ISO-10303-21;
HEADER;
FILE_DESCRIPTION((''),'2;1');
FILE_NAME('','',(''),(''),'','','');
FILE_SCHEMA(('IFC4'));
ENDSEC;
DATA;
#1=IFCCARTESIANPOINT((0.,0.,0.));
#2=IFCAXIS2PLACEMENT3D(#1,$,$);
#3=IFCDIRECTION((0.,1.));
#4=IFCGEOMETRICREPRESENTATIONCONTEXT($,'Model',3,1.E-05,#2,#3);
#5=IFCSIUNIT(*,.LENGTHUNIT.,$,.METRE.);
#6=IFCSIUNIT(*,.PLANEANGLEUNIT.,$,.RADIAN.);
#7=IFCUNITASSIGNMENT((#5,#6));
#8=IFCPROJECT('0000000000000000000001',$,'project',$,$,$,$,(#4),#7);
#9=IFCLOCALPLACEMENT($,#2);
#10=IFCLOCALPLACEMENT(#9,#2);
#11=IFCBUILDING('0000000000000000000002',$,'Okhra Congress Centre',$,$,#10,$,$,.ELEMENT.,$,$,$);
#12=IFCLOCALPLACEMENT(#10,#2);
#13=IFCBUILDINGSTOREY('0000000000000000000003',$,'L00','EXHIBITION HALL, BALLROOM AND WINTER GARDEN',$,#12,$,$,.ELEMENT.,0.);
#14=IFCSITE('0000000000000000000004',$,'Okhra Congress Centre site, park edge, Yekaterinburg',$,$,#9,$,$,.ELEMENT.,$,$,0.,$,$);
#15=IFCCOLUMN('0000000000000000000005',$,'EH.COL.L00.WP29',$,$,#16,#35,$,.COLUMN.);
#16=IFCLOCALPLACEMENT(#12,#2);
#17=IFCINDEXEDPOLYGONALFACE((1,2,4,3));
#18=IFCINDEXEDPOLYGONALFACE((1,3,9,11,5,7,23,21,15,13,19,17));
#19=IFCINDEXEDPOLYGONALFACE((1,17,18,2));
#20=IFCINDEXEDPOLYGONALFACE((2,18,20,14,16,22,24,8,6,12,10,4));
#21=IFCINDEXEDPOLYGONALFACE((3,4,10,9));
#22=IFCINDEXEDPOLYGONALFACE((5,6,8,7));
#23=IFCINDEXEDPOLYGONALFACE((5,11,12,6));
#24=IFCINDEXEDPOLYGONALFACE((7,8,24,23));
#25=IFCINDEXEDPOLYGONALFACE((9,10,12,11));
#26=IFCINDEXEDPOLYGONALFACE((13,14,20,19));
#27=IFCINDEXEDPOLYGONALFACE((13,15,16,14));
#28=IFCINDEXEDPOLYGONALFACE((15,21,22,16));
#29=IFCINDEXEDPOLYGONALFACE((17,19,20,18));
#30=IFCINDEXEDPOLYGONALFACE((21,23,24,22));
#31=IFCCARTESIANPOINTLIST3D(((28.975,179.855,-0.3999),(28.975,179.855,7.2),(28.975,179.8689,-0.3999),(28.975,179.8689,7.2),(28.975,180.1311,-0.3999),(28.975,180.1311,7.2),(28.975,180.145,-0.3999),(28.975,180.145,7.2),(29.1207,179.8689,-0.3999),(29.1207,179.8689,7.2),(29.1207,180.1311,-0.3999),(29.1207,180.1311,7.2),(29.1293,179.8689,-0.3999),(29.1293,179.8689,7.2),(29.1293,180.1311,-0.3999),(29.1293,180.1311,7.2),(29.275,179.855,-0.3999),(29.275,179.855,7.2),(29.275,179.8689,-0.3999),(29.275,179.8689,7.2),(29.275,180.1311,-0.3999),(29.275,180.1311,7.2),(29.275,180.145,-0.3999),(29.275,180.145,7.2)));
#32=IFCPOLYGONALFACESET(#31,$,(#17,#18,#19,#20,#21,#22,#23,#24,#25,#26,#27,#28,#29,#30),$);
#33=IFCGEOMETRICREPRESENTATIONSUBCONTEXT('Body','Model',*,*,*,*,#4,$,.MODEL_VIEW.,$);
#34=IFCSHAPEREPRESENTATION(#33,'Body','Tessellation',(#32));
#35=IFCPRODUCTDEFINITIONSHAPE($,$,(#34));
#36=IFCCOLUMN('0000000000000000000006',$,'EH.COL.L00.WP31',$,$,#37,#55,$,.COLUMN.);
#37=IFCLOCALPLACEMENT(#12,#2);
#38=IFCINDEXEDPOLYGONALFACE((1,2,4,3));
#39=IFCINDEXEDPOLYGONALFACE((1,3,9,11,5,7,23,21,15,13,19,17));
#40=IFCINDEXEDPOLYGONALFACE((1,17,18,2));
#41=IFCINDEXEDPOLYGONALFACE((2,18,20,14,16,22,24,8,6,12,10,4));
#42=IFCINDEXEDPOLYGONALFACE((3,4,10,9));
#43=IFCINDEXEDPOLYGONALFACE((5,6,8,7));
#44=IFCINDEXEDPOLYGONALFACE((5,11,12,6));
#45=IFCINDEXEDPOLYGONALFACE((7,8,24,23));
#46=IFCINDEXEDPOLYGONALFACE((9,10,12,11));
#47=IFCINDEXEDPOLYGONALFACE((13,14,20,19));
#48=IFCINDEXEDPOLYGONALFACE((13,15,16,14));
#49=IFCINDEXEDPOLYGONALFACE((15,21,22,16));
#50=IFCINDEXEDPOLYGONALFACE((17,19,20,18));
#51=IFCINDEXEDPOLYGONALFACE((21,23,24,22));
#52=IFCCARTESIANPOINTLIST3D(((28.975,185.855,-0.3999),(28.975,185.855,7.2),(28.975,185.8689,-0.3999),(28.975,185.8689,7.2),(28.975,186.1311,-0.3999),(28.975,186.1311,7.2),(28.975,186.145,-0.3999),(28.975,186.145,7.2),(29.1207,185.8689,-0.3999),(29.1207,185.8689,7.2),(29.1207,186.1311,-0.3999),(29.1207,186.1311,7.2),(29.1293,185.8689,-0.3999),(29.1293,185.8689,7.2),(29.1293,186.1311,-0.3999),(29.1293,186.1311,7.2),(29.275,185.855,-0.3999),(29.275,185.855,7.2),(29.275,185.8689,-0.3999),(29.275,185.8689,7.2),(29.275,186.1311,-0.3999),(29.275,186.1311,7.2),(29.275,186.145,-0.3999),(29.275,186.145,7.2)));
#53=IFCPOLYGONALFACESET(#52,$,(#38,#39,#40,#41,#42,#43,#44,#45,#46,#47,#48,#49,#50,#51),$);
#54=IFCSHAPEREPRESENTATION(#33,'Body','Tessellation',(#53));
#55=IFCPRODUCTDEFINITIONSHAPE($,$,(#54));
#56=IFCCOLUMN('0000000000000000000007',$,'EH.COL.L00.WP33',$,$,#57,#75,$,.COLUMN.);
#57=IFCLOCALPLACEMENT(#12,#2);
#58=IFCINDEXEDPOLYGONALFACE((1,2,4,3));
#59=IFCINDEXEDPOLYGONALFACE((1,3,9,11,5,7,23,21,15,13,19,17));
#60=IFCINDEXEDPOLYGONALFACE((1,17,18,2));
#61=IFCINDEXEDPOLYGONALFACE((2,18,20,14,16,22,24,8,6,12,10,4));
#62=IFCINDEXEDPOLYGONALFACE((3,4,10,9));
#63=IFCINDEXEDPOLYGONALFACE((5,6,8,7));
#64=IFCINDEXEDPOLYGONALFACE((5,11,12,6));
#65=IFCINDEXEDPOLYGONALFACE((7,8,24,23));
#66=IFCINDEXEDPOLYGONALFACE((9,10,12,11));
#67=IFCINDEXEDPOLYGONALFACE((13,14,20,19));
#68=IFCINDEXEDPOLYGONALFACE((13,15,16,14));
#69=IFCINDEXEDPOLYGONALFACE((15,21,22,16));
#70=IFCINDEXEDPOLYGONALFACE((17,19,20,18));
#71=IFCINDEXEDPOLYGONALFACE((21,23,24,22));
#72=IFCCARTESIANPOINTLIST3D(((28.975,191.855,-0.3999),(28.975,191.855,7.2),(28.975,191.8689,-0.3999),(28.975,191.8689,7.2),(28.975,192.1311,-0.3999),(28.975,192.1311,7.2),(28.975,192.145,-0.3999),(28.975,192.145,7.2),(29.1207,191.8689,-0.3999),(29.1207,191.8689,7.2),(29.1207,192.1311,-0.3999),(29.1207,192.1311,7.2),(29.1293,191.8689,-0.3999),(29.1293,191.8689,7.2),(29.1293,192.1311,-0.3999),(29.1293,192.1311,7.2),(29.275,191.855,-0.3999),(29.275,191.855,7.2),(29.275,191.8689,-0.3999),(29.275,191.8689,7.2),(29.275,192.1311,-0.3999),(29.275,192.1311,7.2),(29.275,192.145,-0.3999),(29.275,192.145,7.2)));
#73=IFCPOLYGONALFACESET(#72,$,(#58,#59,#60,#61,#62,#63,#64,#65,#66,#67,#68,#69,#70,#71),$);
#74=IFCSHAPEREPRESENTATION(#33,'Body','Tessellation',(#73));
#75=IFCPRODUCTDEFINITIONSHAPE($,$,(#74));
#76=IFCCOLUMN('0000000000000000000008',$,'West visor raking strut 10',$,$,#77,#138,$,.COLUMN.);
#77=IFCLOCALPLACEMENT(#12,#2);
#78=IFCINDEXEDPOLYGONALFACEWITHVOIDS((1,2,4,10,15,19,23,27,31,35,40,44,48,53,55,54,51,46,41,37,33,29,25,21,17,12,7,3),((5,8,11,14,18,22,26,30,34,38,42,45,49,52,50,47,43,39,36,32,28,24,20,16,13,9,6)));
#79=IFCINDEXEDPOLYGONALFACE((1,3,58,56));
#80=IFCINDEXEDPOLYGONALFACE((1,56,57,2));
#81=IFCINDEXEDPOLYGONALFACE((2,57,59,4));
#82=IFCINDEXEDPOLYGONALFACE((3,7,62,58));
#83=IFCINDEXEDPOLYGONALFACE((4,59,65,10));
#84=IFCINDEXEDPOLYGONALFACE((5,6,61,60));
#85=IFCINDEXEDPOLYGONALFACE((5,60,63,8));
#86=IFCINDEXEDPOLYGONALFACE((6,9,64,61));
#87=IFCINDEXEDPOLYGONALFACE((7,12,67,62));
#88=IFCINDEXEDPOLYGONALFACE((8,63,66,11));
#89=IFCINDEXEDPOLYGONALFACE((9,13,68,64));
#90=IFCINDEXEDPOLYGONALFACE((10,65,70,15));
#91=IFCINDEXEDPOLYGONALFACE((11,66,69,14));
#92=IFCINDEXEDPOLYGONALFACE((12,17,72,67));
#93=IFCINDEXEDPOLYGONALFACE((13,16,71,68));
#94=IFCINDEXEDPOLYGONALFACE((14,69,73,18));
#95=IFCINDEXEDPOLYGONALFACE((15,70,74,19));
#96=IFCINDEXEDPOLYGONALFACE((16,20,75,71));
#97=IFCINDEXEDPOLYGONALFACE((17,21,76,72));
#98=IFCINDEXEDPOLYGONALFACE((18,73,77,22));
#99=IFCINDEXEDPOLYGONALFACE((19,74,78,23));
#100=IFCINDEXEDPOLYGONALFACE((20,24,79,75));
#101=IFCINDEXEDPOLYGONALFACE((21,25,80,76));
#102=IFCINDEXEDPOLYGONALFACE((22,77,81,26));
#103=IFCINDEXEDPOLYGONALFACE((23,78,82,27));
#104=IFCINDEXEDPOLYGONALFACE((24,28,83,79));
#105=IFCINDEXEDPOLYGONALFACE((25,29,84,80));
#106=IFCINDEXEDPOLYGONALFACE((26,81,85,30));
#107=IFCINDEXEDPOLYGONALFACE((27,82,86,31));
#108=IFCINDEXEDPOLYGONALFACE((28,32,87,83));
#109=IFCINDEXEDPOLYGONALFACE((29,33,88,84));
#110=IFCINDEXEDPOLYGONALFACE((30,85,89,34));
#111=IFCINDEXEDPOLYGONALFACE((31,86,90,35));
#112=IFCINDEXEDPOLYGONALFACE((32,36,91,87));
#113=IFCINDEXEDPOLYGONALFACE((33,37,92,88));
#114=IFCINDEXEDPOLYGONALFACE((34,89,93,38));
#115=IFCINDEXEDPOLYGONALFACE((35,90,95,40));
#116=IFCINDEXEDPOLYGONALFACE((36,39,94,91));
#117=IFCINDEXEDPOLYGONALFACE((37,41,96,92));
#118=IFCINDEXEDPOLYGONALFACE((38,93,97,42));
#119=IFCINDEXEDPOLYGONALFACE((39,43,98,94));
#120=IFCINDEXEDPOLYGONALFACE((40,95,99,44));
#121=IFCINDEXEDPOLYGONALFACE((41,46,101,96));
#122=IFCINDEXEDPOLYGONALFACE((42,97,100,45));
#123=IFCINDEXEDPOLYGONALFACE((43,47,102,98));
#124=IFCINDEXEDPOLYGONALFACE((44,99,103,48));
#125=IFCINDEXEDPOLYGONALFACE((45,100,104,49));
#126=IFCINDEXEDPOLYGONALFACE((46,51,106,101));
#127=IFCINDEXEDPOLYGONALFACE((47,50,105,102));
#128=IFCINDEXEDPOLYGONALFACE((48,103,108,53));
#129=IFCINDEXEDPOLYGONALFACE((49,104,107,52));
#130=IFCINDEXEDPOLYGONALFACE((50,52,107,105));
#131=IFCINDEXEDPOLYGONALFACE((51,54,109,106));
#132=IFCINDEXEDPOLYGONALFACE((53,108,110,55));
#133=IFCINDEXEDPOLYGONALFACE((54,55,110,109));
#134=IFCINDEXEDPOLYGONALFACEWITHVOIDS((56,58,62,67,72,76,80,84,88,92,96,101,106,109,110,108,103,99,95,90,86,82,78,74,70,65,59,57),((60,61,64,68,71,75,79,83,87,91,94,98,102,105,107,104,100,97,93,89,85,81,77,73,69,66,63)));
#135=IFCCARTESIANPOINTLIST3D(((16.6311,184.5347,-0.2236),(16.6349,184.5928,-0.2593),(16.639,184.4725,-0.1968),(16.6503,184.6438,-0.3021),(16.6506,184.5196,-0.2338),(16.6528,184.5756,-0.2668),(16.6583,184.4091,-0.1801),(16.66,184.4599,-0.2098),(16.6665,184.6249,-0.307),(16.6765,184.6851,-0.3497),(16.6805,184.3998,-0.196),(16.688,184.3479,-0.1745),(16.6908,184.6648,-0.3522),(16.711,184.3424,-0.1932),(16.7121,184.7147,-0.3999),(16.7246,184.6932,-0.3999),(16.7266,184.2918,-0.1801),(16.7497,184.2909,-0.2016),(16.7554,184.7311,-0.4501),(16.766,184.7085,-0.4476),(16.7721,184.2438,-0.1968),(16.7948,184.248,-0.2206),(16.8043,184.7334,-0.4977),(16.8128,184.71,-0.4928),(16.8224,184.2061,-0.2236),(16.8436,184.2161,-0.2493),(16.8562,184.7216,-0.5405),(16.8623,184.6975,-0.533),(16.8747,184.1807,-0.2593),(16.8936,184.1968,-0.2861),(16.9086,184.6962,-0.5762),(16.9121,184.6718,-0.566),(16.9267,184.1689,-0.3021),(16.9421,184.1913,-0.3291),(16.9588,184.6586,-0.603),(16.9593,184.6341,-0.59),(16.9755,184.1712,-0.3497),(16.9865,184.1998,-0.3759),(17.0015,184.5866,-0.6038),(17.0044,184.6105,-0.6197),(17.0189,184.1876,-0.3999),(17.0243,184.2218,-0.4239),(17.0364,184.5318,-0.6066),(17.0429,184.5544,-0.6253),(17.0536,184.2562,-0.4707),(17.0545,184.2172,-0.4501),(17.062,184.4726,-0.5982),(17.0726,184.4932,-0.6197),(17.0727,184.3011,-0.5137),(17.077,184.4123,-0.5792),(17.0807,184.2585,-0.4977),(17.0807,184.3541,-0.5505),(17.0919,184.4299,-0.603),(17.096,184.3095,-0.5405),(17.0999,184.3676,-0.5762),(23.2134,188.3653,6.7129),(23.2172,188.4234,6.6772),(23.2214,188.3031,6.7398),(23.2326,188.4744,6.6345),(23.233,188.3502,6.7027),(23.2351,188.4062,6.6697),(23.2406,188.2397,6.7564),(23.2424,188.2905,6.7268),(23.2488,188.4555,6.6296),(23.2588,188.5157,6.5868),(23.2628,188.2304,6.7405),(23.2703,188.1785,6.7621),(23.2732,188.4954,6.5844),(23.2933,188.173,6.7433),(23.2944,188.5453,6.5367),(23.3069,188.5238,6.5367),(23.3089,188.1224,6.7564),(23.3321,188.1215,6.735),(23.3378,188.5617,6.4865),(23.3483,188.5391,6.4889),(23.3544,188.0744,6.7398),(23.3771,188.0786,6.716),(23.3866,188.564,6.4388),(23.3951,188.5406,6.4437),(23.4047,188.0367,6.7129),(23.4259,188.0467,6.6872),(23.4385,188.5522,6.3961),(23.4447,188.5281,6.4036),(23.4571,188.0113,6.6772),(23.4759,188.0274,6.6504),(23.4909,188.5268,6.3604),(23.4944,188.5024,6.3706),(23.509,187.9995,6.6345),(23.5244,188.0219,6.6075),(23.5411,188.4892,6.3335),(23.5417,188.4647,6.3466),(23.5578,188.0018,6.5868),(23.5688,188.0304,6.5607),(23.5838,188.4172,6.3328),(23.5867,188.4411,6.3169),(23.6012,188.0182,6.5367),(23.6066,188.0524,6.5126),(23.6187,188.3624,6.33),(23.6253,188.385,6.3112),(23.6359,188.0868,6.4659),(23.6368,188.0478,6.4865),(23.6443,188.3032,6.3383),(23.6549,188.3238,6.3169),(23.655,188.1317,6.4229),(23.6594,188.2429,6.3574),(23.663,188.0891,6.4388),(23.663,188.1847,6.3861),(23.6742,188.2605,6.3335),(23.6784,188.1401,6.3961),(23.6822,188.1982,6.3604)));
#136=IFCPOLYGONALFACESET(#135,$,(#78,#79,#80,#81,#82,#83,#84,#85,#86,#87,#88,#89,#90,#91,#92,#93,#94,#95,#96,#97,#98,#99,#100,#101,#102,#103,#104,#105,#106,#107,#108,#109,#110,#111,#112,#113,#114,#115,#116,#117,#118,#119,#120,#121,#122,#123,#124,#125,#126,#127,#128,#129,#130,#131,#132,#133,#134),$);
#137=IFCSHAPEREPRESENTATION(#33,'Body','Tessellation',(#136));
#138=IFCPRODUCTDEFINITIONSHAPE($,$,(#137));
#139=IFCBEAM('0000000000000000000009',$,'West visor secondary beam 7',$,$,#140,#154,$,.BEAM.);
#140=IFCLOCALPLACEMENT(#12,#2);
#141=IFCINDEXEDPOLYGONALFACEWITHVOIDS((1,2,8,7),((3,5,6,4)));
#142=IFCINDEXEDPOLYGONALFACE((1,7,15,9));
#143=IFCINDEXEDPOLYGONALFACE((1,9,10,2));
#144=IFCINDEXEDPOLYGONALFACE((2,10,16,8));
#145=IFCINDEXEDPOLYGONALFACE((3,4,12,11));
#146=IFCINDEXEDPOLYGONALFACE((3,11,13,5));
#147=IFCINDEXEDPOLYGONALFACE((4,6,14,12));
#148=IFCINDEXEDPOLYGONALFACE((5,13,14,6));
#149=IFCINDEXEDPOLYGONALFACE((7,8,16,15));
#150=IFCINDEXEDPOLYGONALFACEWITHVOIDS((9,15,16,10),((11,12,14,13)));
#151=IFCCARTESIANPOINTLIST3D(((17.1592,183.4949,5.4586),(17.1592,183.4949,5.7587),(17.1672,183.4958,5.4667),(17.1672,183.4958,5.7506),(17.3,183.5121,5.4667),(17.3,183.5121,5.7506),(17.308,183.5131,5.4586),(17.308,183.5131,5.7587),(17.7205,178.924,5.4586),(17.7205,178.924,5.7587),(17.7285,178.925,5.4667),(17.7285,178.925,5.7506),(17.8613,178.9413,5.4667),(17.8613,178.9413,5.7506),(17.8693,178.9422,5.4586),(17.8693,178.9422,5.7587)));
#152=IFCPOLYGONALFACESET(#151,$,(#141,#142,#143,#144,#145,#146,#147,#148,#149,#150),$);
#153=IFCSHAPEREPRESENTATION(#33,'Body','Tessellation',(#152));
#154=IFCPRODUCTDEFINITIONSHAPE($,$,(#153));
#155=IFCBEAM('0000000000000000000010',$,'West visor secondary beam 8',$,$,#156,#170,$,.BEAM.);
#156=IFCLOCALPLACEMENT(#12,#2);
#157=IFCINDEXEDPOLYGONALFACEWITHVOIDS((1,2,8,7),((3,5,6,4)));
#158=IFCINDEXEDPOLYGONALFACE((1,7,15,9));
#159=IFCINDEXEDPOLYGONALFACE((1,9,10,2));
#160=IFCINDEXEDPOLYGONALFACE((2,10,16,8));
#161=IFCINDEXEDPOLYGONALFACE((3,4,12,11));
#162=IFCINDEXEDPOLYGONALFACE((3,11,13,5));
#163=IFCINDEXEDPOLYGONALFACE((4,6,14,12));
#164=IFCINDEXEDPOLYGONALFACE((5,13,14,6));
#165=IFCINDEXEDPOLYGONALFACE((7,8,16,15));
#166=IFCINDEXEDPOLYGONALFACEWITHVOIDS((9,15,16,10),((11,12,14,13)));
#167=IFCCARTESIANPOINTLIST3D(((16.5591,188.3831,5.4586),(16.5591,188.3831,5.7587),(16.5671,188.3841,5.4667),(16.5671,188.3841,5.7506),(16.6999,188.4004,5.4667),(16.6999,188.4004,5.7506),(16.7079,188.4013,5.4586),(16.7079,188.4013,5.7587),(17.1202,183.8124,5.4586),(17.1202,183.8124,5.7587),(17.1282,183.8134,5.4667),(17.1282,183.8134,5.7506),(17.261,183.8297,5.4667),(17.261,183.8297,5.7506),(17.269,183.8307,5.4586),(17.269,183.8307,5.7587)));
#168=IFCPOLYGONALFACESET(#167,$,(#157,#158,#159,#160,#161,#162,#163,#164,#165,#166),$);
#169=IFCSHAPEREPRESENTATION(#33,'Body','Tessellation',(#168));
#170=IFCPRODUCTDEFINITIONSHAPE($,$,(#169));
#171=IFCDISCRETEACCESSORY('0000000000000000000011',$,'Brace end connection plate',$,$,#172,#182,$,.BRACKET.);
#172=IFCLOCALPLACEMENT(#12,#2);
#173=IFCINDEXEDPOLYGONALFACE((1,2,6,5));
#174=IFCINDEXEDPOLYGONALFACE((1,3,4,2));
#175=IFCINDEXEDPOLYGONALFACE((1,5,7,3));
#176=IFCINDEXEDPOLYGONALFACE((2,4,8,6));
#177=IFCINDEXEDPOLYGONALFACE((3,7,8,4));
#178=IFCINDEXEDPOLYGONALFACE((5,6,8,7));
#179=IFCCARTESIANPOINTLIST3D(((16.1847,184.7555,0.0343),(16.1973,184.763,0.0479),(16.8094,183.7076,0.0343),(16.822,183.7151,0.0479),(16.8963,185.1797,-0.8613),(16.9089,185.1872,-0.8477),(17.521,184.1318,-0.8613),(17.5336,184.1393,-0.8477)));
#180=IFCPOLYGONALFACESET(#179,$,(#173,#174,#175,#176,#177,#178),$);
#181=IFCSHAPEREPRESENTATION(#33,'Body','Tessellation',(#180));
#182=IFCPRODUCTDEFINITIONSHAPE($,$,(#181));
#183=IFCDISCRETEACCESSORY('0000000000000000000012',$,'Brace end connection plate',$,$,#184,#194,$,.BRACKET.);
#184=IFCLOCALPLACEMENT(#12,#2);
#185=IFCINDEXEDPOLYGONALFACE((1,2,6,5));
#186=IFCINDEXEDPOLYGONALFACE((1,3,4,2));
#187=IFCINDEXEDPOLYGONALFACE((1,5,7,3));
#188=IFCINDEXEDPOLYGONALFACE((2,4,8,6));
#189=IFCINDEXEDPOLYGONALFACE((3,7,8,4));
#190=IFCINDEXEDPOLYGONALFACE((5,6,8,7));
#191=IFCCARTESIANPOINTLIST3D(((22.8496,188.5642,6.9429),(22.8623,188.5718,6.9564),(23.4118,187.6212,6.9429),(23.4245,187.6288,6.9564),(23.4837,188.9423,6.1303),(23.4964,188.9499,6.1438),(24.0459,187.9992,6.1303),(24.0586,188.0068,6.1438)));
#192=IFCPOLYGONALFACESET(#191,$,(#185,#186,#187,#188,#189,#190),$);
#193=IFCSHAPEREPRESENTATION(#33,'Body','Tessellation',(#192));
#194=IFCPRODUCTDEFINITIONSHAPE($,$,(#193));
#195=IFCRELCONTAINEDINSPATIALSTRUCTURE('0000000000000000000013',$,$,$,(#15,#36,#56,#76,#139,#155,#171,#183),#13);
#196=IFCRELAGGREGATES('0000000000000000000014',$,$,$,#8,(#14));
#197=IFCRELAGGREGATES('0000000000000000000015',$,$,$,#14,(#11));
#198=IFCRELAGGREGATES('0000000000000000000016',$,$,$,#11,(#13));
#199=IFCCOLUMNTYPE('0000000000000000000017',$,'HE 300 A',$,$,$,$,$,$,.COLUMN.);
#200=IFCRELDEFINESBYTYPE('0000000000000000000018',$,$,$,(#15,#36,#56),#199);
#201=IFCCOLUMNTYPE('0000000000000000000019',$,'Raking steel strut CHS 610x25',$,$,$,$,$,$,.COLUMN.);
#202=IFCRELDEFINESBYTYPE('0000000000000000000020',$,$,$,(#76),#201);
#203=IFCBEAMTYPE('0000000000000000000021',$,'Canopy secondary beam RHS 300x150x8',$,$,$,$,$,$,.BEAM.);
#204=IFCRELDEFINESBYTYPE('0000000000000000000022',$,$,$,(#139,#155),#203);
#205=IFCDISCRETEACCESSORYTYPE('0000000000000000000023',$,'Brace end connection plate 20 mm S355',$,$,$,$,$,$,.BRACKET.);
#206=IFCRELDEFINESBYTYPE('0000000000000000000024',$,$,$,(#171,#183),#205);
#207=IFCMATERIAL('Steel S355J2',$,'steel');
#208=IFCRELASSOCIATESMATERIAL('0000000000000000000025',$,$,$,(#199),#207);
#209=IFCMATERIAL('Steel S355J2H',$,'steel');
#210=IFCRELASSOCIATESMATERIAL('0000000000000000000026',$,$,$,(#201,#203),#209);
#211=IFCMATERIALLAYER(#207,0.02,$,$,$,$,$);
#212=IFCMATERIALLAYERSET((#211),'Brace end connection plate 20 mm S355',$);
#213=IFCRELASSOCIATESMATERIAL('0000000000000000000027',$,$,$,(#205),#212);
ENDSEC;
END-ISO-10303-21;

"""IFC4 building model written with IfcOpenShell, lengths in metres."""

from ifc_helpers import new_model, si_unit, direction, frame, origin, origin_2d, place, context, subcontext, project, spatial, rectangle, hollow_rectangle, hollow_circle, i_section, extrude, material, layer, layer_set, material_profile, profile_set, type_object, element, save


model = new_model("IFC4")

# Units and contexts
model_context = context("Model", 3, precision=1e-05, world=origin(), true_north=direction((0.0, 1.0)))
body_context = subcontext(model_context, "Body", "Model", "MODEL_VIEW")
ifc_project = project(units=[si_unit("LENGTHUNIT", "METRE"), si_unit("PLANEANGLEUNIT", "RADIAN")], contexts=[model_context])

# Site, building, storey
site_placement = place(None, origin())
site = spatial("IfcSite", under=ifc_project, at=site_placement, Name="Okhra Congress Centre site, park edge, Yekaterinburg", CompositionType="ELEMENT", RefElevation=0.0)
building_placement = place(site_placement, origin())
building = spatial("IfcBuilding", under=site, at=building_placement, Name="Okhra Congress Centre", CompositionType="ELEMENT")
storey_placement = place(building_placement, origin())
storey = spatial("IfcBuildingStorey", under=building, at=storey_placement, Name="L00", Description="EXHIBITION HALL, BALLROOM AND WINTER GARDEN", CompositionType="ELEMENT", Elevation=0.0)

# Columns
ifc_material_1 = material(Name="Steel S355J2", Category="steel")
ifc_material_profile_1 = material_profile(ifc_material_1, i_section(OverallWidth=0.3, OverallDepth=0.29, WebThickness=0.0085, FlangeThickness=0.0139, at=origin_2d()), Name="HE 300 A")
ifc_profile_set_1 = profile_set([ifc_material_profile_1], Name="Steel S355J2")
column_type_1 = type_object("IfcColumnType", Name="HE 300 A", PredefinedType="COLUMN", material=ifc_profile_set_1)
for number, where, z_axis, x_axis, name in (
    (1, (29.125, 180.0, -0.3999), (0.0, 0.0, 1.0), (1.0, 0.0, 0.0), "EH.COL.L00.WP29"),
    (2, (29.125, 186.0, -0.3999), (0.0, 0.0, 1.0), (1.0, 0.0, 0.0), "EH.COL.L00.WP31"),
    (3, (29.125, 192.0, -0.3999), (0.0, 0.0, 1.0), (1.0, 0.0, 0.0), "EH.COL.L00.WP33"),
):
    element("IfcColumn", number, at=place(storey_placement, frame(where, z_axis=z_axis, x_axis=x_axis)), inside=storey, type_object=column_type_1, Name=name, PredefinedType="COLUMN", context=body_context, shape_type="SweptSolid", body=[
        extrude(i_section(OverallWidth=0.3, OverallDepth=0.29, WebThickness=0.0085, FlangeThickness=0.0139, at=origin_2d()), origin(), (0.0, 0.0, 1.0), 7.5999),
    ])
ifc_material_2 = material(Name="Steel S355J2H", Category="steel")
ifc_material_profile_2 = material_profile(ifc_material_2, hollow_circle(Radius=0.3049, WallThickness=0.0249, at=origin_2d()), Name="CHS 610x25")
ifc_profile_set_2 = profile_set([ifc_material_profile_2], Name="Steel S355J2H")
column_type_2 = type_object("IfcColumnType", Name="Raking steel strut CHS 610x25", PredefinedType="COLUMN", material=ifc_profile_set_2)
column_placement = place(storey_placement, frame((16.8655, 184.4512, -0.3999), z_axis=(0.638981, 0.371856, 0.67337), x_axis=(-0.50298, 0.864298, 0.0)))
element("IfcColumn", 4, at=column_placement, inside=storey, type_object=column_type_2, Name="West visor raking strut 10", PredefinedType="COLUMN", context=body_context, shape_type="SweptSolid", body=[
    extrude(hollow_circle(Radius=0.3049, WallThickness=0.0249, at=origin_2d()), origin(), (0.0, 0.0, 1.0), 10.3013),
])

# Beams
ifc_material_profile_3 = material_profile(ifc_material_2, hollow_rectangle(XDim=0.1499, YDim=0.3, WallThickness=0.0081, at=origin_2d()), Name="RHS 300x150x8")
ifc_profile_set_3 = profile_set([ifc_material_profile_3], Name="Steel S355J2H")
beam_type = type_object("IfcBeamType", Name="Canopy secondary beam RHS 300x150x8", PredefinedType="BEAM", material=ifc_profile_set_3)
beam_1_placement = place(storey_placement, frame((17.7949, 178.9331, 5.6086), z_axis=(-0.121881, 0.992545, 0.0), x_axis=(-0.992545, -0.121881, 0.0)))
element("IfcBeam", 5, at=beam_1_placement, inside=storey, type_object=beam_type, Name="West visor secondary beam 7", PredefinedType="BEAM", context=body_context, shape_type="SweptSolid", body=[
    extrude(hollow_rectangle(XDim=0.1499, YDim=0.3, WallThickness=0.0081, at=origin_2d()), origin(), (0.0, 0.0, 1.0), 4.6052),
])
beam_2_placement = place(storey_placement, frame((17.1946, 183.8215, 5.6086), z_axis=(-0.121835, 0.99255, 0.0), x_axis=(-0.99255, -0.121835, 0.0)))
element("IfcBeam", 6, at=beam_2_placement, inside=storey, type_object=beam_type, Name="West visor secondary beam 8", PredefinedType="BEAM", context=body_context, shape_type="SweptSolid", body=[
    extrude(hollow_rectangle(XDim=0.1499, YDim=0.3, WallThickness=0.0081, at=origin_2d()), origin(), (0.0, 0.0, 1.0), 4.605),
])

# Discrete accessories
ifc_layer = layer(ifc_material_1, 0.02)
ifc_layer_set = layer_set([ifc_layer], Name="Brace end connection plate 20 mm S355")
discrete_accessory_type_1 = type_object("IfcDiscreteAccessoryType", Name="Brace end connection plate 20 mm S355", PredefinedType="BRACKET", material=ifc_layer_set)
discrete_accessory_1_placement = place(storey_placement, frame((16.8655, 184.4512, -0.3999), z_axis=(-0.630546, -0.375903, -0.67905), x_axis=(0.512065, -0.858947, 0.0)))
element("IfcDiscreteAccessory", 7, at=discrete_accessory_1_placement, inside=storey, type_object=discrete_accessory_type_1, Name="Brace end connection plate", PredefinedType="BRACKET", context=body_context, shape_type="SweptSolid", body=[
    extrude(rectangle(XDim=1.22, YDim=1.22, at=origin_2d()), origin(), (0.0, 0.0, 1.0), 0.02),
])
discrete_accessory_2_placement = place(storey_placement, frame((23.4478, 188.2817, 6.5366), z_axis=(0.635756, 0.379008, 0.672434), x_axis=(-0.512065, 0.858947, 0.0)))
element("IfcDiscreteAccessory", 8, at=discrete_accessory_2_placement, inside=storey, type_object=discrete_accessory_type_1, Name="Brace end connection plate", PredefinedType="BRACKET", context=body_context, shape_type="SweptSolid", body=[
    extrude(rectangle(XDim=1.0979, YDim=1.0979, at=origin_2d()), origin(), (0.0, 0.0, 1.0), 0.02),
])

save(model, "model.ifc")
